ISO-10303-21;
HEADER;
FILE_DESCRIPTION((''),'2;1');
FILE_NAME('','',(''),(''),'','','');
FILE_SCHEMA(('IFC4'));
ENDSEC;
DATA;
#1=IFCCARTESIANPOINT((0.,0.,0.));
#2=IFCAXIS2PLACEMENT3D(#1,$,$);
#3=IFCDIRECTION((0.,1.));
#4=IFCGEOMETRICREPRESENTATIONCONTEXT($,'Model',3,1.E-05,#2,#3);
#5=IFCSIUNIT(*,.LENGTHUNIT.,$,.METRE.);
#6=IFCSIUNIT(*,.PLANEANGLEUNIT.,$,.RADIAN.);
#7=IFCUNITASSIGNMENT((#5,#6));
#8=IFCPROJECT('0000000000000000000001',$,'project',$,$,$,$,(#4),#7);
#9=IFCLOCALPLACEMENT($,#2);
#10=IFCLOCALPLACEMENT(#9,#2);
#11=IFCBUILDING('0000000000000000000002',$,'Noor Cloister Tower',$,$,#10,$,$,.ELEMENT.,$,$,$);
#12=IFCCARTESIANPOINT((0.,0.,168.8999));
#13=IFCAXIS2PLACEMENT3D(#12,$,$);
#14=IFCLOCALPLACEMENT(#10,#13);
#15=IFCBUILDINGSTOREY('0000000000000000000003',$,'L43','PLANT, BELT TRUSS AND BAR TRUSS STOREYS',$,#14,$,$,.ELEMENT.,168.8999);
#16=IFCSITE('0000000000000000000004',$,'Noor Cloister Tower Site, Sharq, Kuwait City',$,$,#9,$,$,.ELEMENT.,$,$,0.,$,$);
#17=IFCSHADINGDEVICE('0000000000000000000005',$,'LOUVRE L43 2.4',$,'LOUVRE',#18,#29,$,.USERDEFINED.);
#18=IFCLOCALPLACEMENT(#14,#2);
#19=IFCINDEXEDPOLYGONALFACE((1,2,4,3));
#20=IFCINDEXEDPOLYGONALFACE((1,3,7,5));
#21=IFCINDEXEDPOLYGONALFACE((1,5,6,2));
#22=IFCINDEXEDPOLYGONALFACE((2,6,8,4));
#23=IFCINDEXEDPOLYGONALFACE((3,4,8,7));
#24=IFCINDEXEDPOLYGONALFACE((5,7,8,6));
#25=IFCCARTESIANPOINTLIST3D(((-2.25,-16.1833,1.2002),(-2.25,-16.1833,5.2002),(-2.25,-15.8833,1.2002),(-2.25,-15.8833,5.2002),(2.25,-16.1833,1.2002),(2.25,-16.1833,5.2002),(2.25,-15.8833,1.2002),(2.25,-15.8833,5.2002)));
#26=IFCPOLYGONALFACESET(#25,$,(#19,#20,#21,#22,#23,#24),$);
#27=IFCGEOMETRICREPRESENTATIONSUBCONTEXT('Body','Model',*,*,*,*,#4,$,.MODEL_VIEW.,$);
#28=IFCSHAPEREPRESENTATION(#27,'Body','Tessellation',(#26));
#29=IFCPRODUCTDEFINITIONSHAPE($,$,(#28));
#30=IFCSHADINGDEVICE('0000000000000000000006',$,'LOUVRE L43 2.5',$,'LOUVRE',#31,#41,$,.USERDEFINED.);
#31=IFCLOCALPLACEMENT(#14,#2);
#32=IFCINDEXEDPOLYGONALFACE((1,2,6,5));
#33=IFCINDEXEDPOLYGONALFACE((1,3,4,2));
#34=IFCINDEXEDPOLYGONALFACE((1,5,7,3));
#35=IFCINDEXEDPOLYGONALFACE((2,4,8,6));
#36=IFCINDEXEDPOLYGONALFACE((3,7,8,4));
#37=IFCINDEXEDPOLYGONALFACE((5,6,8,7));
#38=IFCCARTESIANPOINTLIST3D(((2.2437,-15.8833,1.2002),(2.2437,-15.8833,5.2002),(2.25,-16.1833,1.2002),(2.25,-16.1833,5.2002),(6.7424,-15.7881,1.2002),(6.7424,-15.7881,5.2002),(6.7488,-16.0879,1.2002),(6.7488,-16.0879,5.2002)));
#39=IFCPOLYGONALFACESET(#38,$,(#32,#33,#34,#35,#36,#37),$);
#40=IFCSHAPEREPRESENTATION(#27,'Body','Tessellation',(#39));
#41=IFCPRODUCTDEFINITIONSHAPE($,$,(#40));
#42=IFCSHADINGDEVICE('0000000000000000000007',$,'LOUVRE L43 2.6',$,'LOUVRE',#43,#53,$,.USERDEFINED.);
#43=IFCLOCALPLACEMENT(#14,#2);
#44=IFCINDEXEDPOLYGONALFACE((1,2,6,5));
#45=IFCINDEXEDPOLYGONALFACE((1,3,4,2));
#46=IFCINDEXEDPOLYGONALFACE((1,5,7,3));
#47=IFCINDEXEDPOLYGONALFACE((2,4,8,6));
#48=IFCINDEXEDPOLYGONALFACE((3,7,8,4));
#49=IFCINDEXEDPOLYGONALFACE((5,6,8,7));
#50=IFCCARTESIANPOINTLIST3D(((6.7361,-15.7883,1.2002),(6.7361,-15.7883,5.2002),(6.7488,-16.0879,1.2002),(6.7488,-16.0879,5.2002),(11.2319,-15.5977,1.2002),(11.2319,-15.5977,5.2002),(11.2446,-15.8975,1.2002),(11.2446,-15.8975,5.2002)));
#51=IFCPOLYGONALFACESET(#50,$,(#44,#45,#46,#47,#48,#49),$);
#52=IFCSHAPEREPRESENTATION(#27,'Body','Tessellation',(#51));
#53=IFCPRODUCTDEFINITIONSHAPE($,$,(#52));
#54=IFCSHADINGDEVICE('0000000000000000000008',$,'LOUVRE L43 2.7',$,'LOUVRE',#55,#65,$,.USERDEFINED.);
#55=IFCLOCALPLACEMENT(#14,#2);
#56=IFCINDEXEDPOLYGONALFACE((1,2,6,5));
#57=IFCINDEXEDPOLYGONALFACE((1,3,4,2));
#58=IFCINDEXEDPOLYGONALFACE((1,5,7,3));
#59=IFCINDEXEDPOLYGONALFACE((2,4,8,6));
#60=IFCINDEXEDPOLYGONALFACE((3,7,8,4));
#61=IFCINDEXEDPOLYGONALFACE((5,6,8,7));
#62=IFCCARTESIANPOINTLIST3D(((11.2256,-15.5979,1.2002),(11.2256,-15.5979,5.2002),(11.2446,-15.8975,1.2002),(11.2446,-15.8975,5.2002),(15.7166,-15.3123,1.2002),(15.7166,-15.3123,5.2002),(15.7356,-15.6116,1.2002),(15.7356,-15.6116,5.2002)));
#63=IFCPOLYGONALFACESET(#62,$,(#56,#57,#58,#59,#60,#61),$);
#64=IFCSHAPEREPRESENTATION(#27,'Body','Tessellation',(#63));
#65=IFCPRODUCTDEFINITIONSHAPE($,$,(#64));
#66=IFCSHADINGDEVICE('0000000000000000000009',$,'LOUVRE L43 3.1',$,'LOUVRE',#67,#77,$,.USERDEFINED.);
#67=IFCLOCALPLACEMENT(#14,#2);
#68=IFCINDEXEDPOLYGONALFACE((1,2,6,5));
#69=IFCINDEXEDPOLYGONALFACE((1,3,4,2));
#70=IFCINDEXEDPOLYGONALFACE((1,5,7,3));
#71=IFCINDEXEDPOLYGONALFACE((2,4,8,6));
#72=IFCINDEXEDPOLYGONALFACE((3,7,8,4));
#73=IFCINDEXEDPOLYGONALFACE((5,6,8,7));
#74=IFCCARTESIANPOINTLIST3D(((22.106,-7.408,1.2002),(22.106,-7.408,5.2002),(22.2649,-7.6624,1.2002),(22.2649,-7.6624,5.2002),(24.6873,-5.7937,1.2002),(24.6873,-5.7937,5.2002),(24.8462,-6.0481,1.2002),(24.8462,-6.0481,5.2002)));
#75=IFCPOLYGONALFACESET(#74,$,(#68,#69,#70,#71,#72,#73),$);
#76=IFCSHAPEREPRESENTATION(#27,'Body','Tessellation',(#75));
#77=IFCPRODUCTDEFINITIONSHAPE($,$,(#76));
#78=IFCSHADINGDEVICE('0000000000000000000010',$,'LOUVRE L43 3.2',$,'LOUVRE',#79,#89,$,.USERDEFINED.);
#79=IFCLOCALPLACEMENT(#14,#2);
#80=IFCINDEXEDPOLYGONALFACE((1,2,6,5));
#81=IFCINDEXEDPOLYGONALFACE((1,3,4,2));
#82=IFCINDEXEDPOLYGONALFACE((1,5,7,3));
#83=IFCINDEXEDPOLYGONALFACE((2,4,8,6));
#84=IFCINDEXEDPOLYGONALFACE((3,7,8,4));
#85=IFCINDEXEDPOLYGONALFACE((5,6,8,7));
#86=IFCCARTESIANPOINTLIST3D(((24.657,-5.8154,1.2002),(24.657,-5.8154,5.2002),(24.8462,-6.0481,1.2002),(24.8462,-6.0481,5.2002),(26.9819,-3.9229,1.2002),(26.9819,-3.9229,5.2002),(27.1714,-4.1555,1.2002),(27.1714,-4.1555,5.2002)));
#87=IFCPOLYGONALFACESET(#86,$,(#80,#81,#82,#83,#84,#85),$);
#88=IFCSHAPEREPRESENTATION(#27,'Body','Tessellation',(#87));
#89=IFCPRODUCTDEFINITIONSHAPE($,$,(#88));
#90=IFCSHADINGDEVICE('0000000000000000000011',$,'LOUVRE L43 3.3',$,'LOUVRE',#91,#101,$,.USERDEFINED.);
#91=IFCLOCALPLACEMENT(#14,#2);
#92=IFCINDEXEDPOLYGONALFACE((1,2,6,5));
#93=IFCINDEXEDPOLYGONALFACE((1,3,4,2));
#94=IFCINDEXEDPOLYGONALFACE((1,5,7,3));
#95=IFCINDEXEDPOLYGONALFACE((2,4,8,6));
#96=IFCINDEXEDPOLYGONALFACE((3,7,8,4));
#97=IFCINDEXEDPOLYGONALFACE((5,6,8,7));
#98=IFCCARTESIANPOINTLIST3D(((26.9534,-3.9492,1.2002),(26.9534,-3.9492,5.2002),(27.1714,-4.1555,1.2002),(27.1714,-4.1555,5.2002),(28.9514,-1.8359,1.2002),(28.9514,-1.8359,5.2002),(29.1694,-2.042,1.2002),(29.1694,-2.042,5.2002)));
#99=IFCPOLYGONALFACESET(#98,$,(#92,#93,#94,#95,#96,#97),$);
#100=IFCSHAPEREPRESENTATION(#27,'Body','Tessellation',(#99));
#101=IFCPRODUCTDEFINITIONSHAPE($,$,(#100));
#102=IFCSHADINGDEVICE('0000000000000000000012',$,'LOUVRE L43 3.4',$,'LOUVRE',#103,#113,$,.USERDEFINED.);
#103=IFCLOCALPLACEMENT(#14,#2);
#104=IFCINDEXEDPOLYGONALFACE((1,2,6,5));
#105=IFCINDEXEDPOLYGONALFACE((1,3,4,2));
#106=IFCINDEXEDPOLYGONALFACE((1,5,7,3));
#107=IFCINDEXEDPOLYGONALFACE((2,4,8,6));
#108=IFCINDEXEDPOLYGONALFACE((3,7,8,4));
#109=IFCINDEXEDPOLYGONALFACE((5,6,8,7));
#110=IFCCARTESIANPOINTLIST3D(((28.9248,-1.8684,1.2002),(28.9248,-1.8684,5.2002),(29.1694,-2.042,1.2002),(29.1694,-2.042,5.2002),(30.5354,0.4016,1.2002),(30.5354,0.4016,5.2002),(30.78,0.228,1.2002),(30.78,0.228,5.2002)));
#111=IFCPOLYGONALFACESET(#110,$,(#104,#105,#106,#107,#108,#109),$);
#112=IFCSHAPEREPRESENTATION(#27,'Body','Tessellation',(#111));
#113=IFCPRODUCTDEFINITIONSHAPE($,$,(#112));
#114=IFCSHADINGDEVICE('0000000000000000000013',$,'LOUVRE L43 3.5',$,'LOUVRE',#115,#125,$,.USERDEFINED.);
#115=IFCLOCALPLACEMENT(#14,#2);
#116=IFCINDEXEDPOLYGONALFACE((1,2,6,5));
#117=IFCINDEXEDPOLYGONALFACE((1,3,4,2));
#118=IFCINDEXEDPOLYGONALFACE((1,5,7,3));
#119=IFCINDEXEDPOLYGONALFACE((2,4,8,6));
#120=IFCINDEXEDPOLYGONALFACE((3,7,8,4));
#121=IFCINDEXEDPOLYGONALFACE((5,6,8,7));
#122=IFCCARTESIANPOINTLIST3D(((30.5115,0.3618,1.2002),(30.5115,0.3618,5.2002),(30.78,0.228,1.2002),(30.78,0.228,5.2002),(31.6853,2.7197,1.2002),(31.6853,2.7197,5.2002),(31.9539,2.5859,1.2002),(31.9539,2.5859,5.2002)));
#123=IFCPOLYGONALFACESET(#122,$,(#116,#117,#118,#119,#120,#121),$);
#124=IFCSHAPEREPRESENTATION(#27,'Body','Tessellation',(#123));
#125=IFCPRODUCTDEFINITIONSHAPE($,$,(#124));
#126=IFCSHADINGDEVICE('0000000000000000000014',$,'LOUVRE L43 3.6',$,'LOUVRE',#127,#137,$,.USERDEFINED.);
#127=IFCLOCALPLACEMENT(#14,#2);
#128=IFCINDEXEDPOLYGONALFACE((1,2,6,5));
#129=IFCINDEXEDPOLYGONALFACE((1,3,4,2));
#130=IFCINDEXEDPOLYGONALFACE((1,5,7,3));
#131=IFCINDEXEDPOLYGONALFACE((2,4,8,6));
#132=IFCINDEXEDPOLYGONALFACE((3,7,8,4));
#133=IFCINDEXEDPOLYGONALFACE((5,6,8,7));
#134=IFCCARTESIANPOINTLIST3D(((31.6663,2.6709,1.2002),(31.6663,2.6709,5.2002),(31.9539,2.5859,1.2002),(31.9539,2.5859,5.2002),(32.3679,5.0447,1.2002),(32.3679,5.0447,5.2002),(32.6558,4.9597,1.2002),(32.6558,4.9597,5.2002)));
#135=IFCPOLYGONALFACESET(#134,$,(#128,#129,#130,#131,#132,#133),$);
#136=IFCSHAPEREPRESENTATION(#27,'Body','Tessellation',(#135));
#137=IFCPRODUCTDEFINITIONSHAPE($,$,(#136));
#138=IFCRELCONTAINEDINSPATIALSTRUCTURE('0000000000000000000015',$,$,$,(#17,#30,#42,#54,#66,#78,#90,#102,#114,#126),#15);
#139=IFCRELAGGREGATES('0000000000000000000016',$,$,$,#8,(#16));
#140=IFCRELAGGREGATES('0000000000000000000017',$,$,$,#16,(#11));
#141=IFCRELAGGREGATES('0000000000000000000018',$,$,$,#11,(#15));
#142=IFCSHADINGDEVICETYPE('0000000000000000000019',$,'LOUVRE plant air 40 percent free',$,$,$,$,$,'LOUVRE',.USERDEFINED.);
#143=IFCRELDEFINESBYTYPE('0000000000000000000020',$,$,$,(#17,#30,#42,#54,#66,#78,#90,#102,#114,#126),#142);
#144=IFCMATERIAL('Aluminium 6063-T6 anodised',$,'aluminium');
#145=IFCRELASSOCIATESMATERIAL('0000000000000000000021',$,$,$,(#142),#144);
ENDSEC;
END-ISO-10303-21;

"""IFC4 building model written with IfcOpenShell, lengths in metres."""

from ifc_helpers import new_model, si_unit, direction, frame, origin, place, context, subcontext, project, spatial, polyline, outline, extrude, material, type_object, element, save


model = new_model("IFC4")

# Units and contexts
model_context = context("Model", 3, precision=1e-05, world=origin(), true_north=direction((0.0, 1.0)))
body_context = subcontext(model_context, "Body", "Model", "MODEL_VIEW")
ifc_project = project(units=[si_unit("LENGTHUNIT", "METRE"), si_unit("PLANEANGLEUNIT", "RADIAN")], contexts=[model_context])

# Site, building, storey
site_placement = place(None, origin())
site = spatial("IfcSite", under=ifc_project, at=site_placement, Name="Noor Cloister Tower Site, Sharq, Kuwait City", CompositionType="ELEMENT", RefElevation=0.0)
building_placement = place(site_placement, origin())
building = spatial("IfcBuilding", under=site, at=building_placement, Name="Noor Cloister Tower", CompositionType="ELEMENT")
storey_placement = place(building_placement, frame((0.0, 0.0, 168.8999)))
storey = spatial("IfcBuildingStorey", under=building, at=storey_placement, Name="L43", Description="PLANT, BELT TRUSS AND BAR TRUSS STOREYS", CompositionType="ELEMENT", Elevation=168.8999)

# Shading devices
ifc_material_1 = material(Name="Aluminium 6063-T6 anodised", Category="aluminium")
shading_device_type = type_object("IfcShadingDeviceType", Name="LOUVRE plant air 40 percent free", ElementType="LOUVRE", PredefinedType="USERDEFINED", material=ifc_material_1)
shading_device_1_placement = place(storey_placement, frame((0.0, 0.0, 1.2002)))
element("IfcShadingDevice", 1, at=shading_device_1_placement, inside=storey, type_object=shading_device_type, Name="LOUVRE L43 2.4", ObjectType="LOUVRE", PredefinedType="USERDEFINED", context=body_context, shape_type="SweptSolid", body=[
    extrude(outline(polyline([(-2.25, -16.1833), (2.25, -16.1833), (2.25, -15.8833), (-2.25, -15.8833), (-2.25, -16.1833)])), origin(), (0.0, 0.0, 1.0), 4.0),
])
shading_device_2_placement = place(storey_placement, frame((0.0, 0.0, 1.2002)))
element("IfcShadingDevice", 2, at=shading_device_2_placement, inside=storey, type_object=shading_device_type, Name="LOUVRE L43 2.5", ObjectType="LOUVRE", PredefinedType="USERDEFINED", context=body_context, shape_type="SweptSolid", body=[
    extrude(outline(polyline([(2.25, -16.1833), (6.7488, -16.0879), (6.7424, -15.7881), (2.2437, -15.8833), (2.25, -16.1833)])), origin(), (0.0, 0.0, 1.0), 4.0),
])
shading_device_3_placement = place(storey_placement, frame((0.0, 0.0, 1.2002)))
element("IfcShadingDevice", 3, at=shading_device_3_placement, inside=storey, type_object=shading_device_type, Name="LOUVRE L43 2.6", ObjectType="LOUVRE", PredefinedType="USERDEFINED", context=body_context, shape_type="SweptSolid", body=[
    extrude(outline(polyline([(6.7488, -16.0879), (11.2446, -15.8975), (11.2319, -15.5977), (6.7361, -15.7883), (6.7488, -16.0879)])), origin(), (0.0, 0.0, 1.0), 4.0),
])
shading_device_4_placement = place(storey_placement, frame((0.0, 0.0, 1.2002)))
element("IfcShadingDevice", 4, at=shading_device_4_placement, inside=storey, type_object=shading_device_type, Name="LOUVRE L43 2.7", ObjectType="LOUVRE", PredefinedType="USERDEFINED", context=body_context, shape_type="SweptSolid", body=[
    extrude(outline(polyline([(11.2446, -15.8975), (15.7356, -15.6116), (15.7166, -15.3123), (11.2256, -15.5979), (11.2446, -15.8975)])), origin(), (0.0, 0.0, 1.0), 4.0),
])
shading_device_5_placement = place(storey_placement, frame((0.0, 0.0, 1.2002)))
element("IfcShadingDevice", 5, at=shading_device_5_placement, inside=storey, type_object=shading_device_type, Name="LOUVRE L43 3.1", ObjectType="LOUVRE", PredefinedType="USERDEFINED", context=body_context, shape_type="SweptSolid", body=[
    extrude(outline(polyline([(22.2649, -7.6624), (24.8462, -6.0481), (24.6873, -5.7937), (22.106, -7.408), (22.2649, -7.6624)])), origin(), (0.0, 0.0, 1.0), 4.0),
])
shading_device_6_placement = place(storey_placement, frame((0.0, 0.0, 1.2002)))
element("IfcShadingDevice", 6, at=shading_device_6_placement, inside=storey, type_object=shading_device_type, Name="LOUVRE L43 3.2", ObjectType="LOUVRE", PredefinedType="USERDEFINED", context=body_context, shape_type="SweptSolid", body=[
    extrude(outline(polyline([(24.8462, -6.0481), (27.1714, -4.1555), (26.9819, -3.9229), (24.657, -5.8154), (24.8462, -6.0481)])), origin(), (0.0, 0.0, 1.0), 4.0),
])
shading_device_7_placement = place(storey_placement, frame((0.0, 0.0, 1.2002)))
element("IfcShadingDevice", 7, at=shading_device_7_placement, inside=storey, type_object=shading_device_type, Name="LOUVRE L43 3.3", ObjectType="LOUVRE", PredefinedType="USERDEFINED", context=body_context, shape_type="SweptSolid", body=[
    extrude(outline(polyline([(27.1714, -4.1555), (29.1694, -2.042), (28.9514, -1.8359), (26.9534, -3.9492), (27.1714, -4.1555)])), origin(), (0.0, 0.0, 1.0), 4.0),
])
shading_device_8_placement = place(storey_placement, frame((0.0, 0.0, 1.2002)))
element("IfcShadingDevice", 8, at=shading_device_8_placement, inside=storey, type_object=shading_device_type, Name="LOUVRE L43 3.4", ObjectType="LOUVRE", PredefinedType="USERDEFINED", context=body_context, shape_type="SweptSolid", body=[
    extrude(outline(polyline([(29.1694, -2.042), (30.78, 0.228), (30.5354, 0.4016), (28.9248, -1.8684), (29.1694, -2.042)])), origin(), (0.0, 0.0, 1.0), 4.0),
])
shading_device_9_placement = place(storey_placement, frame((0.0, 0.0, 1.2002)))
element("IfcShadingDevice", 9, at=shading_device_9_placement, inside=storey, type_object=shading_device_type, Name="LOUVRE L43 3.5", ObjectType="LOUVRE", PredefinedType="USERDEFINED", context=body_context, shape_type="SweptSolid", body=[
    extrude(outline(polyline([(30.78, 0.228), (31.9539, 2.5859), (31.6853, 2.7197), (30.5115, 0.3618), (30.78, 0.228)])), origin(), (0.0, 0.0, 1.0), 4.0),
])
shading_device_10_placement = place(storey_placement, frame((0.0, 0.0, 1.2002)))
element("IfcShadingDevice", 10, at=shading_device_10_placement, inside=storey, type_object=shading_device_type, Name="LOUVRE L43 3.6", ObjectType="LOUVRE", PredefinedType="USERDEFINED", context=body_context, shape_type="SweptSolid", body=[
    extrude(outline(polyline([(31.9539, 2.5859), (32.6558, 4.9597), (32.3679, 5.0447), (31.6663, 2.6709), (31.9539, 2.5859)])), origin(), (0.0, 0.0, 1.0), 4.0),
])

save(model, "model.ifc")
